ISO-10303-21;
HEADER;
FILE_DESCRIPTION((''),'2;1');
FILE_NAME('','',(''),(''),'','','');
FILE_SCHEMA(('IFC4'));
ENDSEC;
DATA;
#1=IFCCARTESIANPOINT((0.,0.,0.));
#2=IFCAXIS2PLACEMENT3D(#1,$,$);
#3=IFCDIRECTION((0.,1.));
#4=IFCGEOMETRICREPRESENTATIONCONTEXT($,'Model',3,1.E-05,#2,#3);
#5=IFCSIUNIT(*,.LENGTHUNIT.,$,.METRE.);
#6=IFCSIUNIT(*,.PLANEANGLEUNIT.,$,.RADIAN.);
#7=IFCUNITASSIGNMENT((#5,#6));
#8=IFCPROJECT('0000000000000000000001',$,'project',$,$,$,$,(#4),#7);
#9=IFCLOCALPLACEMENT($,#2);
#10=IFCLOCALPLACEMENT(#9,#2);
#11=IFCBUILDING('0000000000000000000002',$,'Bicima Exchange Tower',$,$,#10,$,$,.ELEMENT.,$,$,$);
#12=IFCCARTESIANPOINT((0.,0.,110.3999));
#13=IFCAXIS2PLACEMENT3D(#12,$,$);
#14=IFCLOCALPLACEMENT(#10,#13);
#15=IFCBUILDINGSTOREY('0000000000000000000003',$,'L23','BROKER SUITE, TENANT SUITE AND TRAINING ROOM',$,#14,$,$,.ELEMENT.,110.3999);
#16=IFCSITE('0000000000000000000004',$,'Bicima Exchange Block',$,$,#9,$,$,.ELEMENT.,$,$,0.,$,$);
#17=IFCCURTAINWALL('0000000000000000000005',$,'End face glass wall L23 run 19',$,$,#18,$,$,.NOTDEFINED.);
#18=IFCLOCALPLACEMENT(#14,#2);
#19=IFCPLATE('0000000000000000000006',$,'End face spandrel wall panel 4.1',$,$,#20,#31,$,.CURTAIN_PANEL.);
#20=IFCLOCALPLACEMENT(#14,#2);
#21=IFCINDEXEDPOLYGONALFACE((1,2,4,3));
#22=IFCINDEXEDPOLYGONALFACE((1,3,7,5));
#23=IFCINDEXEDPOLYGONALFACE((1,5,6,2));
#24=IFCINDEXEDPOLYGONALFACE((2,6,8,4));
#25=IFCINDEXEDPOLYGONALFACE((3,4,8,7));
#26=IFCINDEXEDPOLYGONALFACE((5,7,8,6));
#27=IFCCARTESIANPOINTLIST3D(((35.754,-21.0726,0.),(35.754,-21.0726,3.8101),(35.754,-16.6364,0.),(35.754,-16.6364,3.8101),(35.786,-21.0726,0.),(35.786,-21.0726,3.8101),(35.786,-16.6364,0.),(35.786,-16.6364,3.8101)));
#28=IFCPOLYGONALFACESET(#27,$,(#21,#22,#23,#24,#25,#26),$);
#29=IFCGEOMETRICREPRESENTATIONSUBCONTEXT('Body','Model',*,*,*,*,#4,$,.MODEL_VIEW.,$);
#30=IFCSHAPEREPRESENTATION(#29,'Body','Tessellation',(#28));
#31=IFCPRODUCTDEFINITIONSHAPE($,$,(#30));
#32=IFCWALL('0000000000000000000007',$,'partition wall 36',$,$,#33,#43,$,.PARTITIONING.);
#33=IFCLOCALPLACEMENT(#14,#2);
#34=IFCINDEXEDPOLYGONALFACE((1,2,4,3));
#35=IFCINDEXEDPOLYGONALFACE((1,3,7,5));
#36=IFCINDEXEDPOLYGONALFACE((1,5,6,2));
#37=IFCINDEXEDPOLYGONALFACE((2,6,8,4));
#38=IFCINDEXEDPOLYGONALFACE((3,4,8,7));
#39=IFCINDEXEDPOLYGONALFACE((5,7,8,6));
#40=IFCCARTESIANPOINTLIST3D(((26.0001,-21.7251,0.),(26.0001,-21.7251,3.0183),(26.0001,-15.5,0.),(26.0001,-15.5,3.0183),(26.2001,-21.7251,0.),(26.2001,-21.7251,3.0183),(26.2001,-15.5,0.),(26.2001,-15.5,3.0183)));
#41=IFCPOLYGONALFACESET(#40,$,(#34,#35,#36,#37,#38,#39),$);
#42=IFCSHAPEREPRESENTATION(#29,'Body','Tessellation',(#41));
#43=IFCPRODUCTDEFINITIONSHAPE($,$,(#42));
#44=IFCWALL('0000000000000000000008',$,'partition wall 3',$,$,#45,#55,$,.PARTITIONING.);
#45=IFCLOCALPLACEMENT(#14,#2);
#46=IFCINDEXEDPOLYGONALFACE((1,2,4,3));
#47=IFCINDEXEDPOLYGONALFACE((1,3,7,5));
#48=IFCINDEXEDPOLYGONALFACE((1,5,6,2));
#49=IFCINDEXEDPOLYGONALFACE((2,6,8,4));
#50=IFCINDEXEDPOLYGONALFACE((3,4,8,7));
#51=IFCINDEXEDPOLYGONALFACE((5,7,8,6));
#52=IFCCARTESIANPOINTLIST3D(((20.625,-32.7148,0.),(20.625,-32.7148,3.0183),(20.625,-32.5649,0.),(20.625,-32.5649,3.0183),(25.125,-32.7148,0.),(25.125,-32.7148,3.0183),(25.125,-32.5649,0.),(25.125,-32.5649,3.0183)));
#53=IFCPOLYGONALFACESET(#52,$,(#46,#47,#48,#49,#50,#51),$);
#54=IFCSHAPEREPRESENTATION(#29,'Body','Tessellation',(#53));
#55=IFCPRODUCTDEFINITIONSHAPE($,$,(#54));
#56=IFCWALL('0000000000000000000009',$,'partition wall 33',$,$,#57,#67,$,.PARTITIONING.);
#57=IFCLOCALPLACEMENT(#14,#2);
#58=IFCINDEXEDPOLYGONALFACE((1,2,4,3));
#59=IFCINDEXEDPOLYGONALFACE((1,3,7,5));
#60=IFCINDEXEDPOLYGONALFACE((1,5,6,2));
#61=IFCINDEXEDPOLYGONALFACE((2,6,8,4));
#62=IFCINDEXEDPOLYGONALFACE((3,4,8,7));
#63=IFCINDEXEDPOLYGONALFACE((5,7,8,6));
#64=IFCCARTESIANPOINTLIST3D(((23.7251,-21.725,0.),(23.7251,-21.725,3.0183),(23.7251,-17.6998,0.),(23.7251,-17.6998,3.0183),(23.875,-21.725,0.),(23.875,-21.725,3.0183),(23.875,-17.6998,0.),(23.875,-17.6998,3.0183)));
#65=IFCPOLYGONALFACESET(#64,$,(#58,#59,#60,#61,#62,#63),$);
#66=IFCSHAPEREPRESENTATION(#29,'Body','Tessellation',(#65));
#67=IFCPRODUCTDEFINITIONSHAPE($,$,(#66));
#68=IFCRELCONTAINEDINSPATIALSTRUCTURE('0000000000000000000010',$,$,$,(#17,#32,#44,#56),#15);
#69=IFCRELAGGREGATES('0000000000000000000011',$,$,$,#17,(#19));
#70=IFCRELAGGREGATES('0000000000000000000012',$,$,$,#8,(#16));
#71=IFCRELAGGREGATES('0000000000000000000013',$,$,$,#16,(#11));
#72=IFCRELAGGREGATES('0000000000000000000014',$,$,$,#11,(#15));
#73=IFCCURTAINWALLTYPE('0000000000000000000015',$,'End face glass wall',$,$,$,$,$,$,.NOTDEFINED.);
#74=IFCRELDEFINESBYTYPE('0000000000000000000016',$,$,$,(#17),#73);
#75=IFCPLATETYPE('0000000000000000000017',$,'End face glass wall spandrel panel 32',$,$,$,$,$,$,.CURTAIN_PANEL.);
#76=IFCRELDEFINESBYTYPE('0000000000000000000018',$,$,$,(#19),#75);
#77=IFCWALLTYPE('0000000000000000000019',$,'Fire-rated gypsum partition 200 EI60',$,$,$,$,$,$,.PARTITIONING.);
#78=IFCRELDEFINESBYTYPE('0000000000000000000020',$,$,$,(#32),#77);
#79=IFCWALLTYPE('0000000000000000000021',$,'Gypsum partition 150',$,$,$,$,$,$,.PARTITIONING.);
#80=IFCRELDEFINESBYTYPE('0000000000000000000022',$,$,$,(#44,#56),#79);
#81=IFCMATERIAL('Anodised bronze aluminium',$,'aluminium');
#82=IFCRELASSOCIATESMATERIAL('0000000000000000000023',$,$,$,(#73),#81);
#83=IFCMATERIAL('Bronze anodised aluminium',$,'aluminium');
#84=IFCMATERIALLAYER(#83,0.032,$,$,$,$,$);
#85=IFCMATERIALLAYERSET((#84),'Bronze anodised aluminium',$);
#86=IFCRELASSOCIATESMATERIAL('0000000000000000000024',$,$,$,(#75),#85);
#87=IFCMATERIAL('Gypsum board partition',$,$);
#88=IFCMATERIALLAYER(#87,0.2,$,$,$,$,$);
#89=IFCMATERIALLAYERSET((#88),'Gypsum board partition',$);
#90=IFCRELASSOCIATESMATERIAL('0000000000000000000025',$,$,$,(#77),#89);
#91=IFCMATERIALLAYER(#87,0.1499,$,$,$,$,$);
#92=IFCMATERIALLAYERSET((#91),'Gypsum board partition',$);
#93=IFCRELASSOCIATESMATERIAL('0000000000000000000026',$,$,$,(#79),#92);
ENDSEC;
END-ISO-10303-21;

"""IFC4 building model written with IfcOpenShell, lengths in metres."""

from ifc_helpers import new_model, si_unit, direction, frame, frame_2d, origin, origin_2d, place, context, subcontext, project, spatial, rectangle, extrude, material, layer, layer_set, type_object, element, aggregate, save


model = new_model("IFC4")

# Units and contexts
model_context = context("Model", 3, precision=1e-05, world=origin(), true_north=direction((0.0, 1.0)))
body_context = subcontext(model_context, "Body", "Model", "MODEL_VIEW")
ifc_project = project(units=[si_unit("LENGTHUNIT", "METRE"), si_unit("PLANEANGLEUNIT", "RADIAN")], contexts=[model_context])

# Site, building, storey
site_placement = place(None, origin())
site = spatial("IfcSite", under=ifc_project, at=site_placement, Name="Bicima Exchange Block", CompositionType="ELEMENT", RefElevation=0.0)
building_placement = place(site_placement, origin())
building = spatial("IfcBuilding", under=site, at=building_placement, Name="Bicima Exchange Tower", CompositionType="ELEMENT")
storey_placement = place(building_placement, frame((0.0, 0.0, 110.3999)))
storey = spatial("IfcBuildingStorey", under=building, at=storey_placement, Name="L23", Description="BROKER SUITE, TENANT SUITE AND TRAINING ROOM", CompositionType="ELEMENT", Elevation=110.3999)

# Curtain wall
ifc_material_1 = material(Name="Anodised bronze aluminium", Category="aluminium")
curtain_wall_type = type_object("IfcCurtainWallType", Name="End face glass wall", PredefinedType="NOTDEFINED", material=ifc_material_1)
curtain_wall_placement = place(storey_placement, origin())
curtain_wall = element("IfcCurtainWall", 1, at=curtain_wall_placement, inside=storey, type_object=curtain_wall_type, Name="End face glass wall L23 run 19", PredefinedType="NOTDEFINED")

# Plate
ifc_material_2 = material(Name="Bronze anodised aluminium", Category="aluminium")
ifc_layer_1 = layer(ifc_material_2, 0.032)
ifc_layer_set_1 = layer_set([ifc_layer_1], Name="Bronze anodised aluminium")
plate_type_1 = type_object("IfcPlateType", Name="End face glass wall spandrel panel 32", PredefinedType="CURTAIN_PANEL", material=ifc_layer_set_1)
plate_1_placement = place(storey_placement, frame((35.77, -18.8545, 0.0), z_axis=(0.0, 0.0, 1.0), x_axis=(0.0, 1.0, 0.0)))
plate_1 = element("IfcPlate", 2, at=plate_1_placement, type_object=plate_type_1, Name="End face spandrel wall panel 4.1", PredefinedType="CURTAIN_PANEL", context=body_context, shape_type="SweptSolid", body=[
    extrude(rectangle(XDim=4.4363, YDim=0.032, at=origin_2d()), origin(), (0.0, 0.0, 1.0), 3.8101),
])
aggregate(curtain_wall, [plate_1])

# Walls
ifc_material_3 = material(Name="Gypsum board partition")
ifc_layer_2 = layer(ifc_material_3, 0.2)
ifc_layer_set_2 = layer_set([ifc_layer_2], Name="Gypsum board partition")
wall_type_1 = type_object("IfcWallType", Name="Fire-rated gypsum partition 200 EI60", PredefinedType="PARTITIONING", material=ifc_layer_set_2)
wall_1_placement = place(storey_placement, frame((26.1001, -21.7251, 0.0), z_axis=(0.0, 0.0, 1.0), x_axis=(0.0, 1.0, 0.0)))
element("IfcWall", 3, at=wall_1_placement, inside=storey, type_object=wall_type_1, Name="partition wall 36", PredefinedType="PARTITIONING", context=body_context, shape_type="SweptSolid", body=[
    extrude(rectangle(XDim=6.2251, YDim=0.2, at=frame_2d((3.1125, 0.0))), origin(), (0.0, 0.0, 1.0), 3.0183),
])
ifc_layer_3 = layer(ifc_material_3, 0.1499)
ifc_layer_set_3 = layer_set([ifc_layer_3], Name="Gypsum board partition")
wall_type_2 = type_object("IfcWallType", Name="Gypsum partition 150", PredefinedType="PARTITIONING", material=ifc_layer_set_3)
wall_2_placement = place(storey_placement, frame((20.625, -32.6399, 0.0), z_axis=(0.0, 0.0, 1.0), x_axis=(1.0, 0.0, 0.0)))
element("IfcWall", 4, at=wall_2_placement, inside=storey, type_object=wall_type_2, Name="partition wall 3", PredefinedType="PARTITIONING", context=body_context, shape_type="SweptSolid", body=[
    extrude(rectangle(XDim=4.5, YDim=0.1499, at=frame_2d((2.25, 0.0))), origin(), (0.0, 0.0, 1.0), 3.0183),
])
wall_3_placement = place(storey_placement, frame((23.8, -21.7251, 0.0), z_axis=(0.0, 0.0, 1.0), x_axis=(0.0, 1.0, 0.0)))
element("IfcWall", 5, at=wall_3_placement, inside=storey, type_object=wall_type_2, Name="partition wall 33", PredefinedType="PARTITIONING", context=body_context, shape_type="SweptSolid", body=[
    extrude(rectangle(XDim=4.0251, YDim=0.1499, at=frame_2d((2.0127, 0.0))), origin(), (0.0, 0.0, 1.0), 3.0183),
])

save(model, "model.ifc")
